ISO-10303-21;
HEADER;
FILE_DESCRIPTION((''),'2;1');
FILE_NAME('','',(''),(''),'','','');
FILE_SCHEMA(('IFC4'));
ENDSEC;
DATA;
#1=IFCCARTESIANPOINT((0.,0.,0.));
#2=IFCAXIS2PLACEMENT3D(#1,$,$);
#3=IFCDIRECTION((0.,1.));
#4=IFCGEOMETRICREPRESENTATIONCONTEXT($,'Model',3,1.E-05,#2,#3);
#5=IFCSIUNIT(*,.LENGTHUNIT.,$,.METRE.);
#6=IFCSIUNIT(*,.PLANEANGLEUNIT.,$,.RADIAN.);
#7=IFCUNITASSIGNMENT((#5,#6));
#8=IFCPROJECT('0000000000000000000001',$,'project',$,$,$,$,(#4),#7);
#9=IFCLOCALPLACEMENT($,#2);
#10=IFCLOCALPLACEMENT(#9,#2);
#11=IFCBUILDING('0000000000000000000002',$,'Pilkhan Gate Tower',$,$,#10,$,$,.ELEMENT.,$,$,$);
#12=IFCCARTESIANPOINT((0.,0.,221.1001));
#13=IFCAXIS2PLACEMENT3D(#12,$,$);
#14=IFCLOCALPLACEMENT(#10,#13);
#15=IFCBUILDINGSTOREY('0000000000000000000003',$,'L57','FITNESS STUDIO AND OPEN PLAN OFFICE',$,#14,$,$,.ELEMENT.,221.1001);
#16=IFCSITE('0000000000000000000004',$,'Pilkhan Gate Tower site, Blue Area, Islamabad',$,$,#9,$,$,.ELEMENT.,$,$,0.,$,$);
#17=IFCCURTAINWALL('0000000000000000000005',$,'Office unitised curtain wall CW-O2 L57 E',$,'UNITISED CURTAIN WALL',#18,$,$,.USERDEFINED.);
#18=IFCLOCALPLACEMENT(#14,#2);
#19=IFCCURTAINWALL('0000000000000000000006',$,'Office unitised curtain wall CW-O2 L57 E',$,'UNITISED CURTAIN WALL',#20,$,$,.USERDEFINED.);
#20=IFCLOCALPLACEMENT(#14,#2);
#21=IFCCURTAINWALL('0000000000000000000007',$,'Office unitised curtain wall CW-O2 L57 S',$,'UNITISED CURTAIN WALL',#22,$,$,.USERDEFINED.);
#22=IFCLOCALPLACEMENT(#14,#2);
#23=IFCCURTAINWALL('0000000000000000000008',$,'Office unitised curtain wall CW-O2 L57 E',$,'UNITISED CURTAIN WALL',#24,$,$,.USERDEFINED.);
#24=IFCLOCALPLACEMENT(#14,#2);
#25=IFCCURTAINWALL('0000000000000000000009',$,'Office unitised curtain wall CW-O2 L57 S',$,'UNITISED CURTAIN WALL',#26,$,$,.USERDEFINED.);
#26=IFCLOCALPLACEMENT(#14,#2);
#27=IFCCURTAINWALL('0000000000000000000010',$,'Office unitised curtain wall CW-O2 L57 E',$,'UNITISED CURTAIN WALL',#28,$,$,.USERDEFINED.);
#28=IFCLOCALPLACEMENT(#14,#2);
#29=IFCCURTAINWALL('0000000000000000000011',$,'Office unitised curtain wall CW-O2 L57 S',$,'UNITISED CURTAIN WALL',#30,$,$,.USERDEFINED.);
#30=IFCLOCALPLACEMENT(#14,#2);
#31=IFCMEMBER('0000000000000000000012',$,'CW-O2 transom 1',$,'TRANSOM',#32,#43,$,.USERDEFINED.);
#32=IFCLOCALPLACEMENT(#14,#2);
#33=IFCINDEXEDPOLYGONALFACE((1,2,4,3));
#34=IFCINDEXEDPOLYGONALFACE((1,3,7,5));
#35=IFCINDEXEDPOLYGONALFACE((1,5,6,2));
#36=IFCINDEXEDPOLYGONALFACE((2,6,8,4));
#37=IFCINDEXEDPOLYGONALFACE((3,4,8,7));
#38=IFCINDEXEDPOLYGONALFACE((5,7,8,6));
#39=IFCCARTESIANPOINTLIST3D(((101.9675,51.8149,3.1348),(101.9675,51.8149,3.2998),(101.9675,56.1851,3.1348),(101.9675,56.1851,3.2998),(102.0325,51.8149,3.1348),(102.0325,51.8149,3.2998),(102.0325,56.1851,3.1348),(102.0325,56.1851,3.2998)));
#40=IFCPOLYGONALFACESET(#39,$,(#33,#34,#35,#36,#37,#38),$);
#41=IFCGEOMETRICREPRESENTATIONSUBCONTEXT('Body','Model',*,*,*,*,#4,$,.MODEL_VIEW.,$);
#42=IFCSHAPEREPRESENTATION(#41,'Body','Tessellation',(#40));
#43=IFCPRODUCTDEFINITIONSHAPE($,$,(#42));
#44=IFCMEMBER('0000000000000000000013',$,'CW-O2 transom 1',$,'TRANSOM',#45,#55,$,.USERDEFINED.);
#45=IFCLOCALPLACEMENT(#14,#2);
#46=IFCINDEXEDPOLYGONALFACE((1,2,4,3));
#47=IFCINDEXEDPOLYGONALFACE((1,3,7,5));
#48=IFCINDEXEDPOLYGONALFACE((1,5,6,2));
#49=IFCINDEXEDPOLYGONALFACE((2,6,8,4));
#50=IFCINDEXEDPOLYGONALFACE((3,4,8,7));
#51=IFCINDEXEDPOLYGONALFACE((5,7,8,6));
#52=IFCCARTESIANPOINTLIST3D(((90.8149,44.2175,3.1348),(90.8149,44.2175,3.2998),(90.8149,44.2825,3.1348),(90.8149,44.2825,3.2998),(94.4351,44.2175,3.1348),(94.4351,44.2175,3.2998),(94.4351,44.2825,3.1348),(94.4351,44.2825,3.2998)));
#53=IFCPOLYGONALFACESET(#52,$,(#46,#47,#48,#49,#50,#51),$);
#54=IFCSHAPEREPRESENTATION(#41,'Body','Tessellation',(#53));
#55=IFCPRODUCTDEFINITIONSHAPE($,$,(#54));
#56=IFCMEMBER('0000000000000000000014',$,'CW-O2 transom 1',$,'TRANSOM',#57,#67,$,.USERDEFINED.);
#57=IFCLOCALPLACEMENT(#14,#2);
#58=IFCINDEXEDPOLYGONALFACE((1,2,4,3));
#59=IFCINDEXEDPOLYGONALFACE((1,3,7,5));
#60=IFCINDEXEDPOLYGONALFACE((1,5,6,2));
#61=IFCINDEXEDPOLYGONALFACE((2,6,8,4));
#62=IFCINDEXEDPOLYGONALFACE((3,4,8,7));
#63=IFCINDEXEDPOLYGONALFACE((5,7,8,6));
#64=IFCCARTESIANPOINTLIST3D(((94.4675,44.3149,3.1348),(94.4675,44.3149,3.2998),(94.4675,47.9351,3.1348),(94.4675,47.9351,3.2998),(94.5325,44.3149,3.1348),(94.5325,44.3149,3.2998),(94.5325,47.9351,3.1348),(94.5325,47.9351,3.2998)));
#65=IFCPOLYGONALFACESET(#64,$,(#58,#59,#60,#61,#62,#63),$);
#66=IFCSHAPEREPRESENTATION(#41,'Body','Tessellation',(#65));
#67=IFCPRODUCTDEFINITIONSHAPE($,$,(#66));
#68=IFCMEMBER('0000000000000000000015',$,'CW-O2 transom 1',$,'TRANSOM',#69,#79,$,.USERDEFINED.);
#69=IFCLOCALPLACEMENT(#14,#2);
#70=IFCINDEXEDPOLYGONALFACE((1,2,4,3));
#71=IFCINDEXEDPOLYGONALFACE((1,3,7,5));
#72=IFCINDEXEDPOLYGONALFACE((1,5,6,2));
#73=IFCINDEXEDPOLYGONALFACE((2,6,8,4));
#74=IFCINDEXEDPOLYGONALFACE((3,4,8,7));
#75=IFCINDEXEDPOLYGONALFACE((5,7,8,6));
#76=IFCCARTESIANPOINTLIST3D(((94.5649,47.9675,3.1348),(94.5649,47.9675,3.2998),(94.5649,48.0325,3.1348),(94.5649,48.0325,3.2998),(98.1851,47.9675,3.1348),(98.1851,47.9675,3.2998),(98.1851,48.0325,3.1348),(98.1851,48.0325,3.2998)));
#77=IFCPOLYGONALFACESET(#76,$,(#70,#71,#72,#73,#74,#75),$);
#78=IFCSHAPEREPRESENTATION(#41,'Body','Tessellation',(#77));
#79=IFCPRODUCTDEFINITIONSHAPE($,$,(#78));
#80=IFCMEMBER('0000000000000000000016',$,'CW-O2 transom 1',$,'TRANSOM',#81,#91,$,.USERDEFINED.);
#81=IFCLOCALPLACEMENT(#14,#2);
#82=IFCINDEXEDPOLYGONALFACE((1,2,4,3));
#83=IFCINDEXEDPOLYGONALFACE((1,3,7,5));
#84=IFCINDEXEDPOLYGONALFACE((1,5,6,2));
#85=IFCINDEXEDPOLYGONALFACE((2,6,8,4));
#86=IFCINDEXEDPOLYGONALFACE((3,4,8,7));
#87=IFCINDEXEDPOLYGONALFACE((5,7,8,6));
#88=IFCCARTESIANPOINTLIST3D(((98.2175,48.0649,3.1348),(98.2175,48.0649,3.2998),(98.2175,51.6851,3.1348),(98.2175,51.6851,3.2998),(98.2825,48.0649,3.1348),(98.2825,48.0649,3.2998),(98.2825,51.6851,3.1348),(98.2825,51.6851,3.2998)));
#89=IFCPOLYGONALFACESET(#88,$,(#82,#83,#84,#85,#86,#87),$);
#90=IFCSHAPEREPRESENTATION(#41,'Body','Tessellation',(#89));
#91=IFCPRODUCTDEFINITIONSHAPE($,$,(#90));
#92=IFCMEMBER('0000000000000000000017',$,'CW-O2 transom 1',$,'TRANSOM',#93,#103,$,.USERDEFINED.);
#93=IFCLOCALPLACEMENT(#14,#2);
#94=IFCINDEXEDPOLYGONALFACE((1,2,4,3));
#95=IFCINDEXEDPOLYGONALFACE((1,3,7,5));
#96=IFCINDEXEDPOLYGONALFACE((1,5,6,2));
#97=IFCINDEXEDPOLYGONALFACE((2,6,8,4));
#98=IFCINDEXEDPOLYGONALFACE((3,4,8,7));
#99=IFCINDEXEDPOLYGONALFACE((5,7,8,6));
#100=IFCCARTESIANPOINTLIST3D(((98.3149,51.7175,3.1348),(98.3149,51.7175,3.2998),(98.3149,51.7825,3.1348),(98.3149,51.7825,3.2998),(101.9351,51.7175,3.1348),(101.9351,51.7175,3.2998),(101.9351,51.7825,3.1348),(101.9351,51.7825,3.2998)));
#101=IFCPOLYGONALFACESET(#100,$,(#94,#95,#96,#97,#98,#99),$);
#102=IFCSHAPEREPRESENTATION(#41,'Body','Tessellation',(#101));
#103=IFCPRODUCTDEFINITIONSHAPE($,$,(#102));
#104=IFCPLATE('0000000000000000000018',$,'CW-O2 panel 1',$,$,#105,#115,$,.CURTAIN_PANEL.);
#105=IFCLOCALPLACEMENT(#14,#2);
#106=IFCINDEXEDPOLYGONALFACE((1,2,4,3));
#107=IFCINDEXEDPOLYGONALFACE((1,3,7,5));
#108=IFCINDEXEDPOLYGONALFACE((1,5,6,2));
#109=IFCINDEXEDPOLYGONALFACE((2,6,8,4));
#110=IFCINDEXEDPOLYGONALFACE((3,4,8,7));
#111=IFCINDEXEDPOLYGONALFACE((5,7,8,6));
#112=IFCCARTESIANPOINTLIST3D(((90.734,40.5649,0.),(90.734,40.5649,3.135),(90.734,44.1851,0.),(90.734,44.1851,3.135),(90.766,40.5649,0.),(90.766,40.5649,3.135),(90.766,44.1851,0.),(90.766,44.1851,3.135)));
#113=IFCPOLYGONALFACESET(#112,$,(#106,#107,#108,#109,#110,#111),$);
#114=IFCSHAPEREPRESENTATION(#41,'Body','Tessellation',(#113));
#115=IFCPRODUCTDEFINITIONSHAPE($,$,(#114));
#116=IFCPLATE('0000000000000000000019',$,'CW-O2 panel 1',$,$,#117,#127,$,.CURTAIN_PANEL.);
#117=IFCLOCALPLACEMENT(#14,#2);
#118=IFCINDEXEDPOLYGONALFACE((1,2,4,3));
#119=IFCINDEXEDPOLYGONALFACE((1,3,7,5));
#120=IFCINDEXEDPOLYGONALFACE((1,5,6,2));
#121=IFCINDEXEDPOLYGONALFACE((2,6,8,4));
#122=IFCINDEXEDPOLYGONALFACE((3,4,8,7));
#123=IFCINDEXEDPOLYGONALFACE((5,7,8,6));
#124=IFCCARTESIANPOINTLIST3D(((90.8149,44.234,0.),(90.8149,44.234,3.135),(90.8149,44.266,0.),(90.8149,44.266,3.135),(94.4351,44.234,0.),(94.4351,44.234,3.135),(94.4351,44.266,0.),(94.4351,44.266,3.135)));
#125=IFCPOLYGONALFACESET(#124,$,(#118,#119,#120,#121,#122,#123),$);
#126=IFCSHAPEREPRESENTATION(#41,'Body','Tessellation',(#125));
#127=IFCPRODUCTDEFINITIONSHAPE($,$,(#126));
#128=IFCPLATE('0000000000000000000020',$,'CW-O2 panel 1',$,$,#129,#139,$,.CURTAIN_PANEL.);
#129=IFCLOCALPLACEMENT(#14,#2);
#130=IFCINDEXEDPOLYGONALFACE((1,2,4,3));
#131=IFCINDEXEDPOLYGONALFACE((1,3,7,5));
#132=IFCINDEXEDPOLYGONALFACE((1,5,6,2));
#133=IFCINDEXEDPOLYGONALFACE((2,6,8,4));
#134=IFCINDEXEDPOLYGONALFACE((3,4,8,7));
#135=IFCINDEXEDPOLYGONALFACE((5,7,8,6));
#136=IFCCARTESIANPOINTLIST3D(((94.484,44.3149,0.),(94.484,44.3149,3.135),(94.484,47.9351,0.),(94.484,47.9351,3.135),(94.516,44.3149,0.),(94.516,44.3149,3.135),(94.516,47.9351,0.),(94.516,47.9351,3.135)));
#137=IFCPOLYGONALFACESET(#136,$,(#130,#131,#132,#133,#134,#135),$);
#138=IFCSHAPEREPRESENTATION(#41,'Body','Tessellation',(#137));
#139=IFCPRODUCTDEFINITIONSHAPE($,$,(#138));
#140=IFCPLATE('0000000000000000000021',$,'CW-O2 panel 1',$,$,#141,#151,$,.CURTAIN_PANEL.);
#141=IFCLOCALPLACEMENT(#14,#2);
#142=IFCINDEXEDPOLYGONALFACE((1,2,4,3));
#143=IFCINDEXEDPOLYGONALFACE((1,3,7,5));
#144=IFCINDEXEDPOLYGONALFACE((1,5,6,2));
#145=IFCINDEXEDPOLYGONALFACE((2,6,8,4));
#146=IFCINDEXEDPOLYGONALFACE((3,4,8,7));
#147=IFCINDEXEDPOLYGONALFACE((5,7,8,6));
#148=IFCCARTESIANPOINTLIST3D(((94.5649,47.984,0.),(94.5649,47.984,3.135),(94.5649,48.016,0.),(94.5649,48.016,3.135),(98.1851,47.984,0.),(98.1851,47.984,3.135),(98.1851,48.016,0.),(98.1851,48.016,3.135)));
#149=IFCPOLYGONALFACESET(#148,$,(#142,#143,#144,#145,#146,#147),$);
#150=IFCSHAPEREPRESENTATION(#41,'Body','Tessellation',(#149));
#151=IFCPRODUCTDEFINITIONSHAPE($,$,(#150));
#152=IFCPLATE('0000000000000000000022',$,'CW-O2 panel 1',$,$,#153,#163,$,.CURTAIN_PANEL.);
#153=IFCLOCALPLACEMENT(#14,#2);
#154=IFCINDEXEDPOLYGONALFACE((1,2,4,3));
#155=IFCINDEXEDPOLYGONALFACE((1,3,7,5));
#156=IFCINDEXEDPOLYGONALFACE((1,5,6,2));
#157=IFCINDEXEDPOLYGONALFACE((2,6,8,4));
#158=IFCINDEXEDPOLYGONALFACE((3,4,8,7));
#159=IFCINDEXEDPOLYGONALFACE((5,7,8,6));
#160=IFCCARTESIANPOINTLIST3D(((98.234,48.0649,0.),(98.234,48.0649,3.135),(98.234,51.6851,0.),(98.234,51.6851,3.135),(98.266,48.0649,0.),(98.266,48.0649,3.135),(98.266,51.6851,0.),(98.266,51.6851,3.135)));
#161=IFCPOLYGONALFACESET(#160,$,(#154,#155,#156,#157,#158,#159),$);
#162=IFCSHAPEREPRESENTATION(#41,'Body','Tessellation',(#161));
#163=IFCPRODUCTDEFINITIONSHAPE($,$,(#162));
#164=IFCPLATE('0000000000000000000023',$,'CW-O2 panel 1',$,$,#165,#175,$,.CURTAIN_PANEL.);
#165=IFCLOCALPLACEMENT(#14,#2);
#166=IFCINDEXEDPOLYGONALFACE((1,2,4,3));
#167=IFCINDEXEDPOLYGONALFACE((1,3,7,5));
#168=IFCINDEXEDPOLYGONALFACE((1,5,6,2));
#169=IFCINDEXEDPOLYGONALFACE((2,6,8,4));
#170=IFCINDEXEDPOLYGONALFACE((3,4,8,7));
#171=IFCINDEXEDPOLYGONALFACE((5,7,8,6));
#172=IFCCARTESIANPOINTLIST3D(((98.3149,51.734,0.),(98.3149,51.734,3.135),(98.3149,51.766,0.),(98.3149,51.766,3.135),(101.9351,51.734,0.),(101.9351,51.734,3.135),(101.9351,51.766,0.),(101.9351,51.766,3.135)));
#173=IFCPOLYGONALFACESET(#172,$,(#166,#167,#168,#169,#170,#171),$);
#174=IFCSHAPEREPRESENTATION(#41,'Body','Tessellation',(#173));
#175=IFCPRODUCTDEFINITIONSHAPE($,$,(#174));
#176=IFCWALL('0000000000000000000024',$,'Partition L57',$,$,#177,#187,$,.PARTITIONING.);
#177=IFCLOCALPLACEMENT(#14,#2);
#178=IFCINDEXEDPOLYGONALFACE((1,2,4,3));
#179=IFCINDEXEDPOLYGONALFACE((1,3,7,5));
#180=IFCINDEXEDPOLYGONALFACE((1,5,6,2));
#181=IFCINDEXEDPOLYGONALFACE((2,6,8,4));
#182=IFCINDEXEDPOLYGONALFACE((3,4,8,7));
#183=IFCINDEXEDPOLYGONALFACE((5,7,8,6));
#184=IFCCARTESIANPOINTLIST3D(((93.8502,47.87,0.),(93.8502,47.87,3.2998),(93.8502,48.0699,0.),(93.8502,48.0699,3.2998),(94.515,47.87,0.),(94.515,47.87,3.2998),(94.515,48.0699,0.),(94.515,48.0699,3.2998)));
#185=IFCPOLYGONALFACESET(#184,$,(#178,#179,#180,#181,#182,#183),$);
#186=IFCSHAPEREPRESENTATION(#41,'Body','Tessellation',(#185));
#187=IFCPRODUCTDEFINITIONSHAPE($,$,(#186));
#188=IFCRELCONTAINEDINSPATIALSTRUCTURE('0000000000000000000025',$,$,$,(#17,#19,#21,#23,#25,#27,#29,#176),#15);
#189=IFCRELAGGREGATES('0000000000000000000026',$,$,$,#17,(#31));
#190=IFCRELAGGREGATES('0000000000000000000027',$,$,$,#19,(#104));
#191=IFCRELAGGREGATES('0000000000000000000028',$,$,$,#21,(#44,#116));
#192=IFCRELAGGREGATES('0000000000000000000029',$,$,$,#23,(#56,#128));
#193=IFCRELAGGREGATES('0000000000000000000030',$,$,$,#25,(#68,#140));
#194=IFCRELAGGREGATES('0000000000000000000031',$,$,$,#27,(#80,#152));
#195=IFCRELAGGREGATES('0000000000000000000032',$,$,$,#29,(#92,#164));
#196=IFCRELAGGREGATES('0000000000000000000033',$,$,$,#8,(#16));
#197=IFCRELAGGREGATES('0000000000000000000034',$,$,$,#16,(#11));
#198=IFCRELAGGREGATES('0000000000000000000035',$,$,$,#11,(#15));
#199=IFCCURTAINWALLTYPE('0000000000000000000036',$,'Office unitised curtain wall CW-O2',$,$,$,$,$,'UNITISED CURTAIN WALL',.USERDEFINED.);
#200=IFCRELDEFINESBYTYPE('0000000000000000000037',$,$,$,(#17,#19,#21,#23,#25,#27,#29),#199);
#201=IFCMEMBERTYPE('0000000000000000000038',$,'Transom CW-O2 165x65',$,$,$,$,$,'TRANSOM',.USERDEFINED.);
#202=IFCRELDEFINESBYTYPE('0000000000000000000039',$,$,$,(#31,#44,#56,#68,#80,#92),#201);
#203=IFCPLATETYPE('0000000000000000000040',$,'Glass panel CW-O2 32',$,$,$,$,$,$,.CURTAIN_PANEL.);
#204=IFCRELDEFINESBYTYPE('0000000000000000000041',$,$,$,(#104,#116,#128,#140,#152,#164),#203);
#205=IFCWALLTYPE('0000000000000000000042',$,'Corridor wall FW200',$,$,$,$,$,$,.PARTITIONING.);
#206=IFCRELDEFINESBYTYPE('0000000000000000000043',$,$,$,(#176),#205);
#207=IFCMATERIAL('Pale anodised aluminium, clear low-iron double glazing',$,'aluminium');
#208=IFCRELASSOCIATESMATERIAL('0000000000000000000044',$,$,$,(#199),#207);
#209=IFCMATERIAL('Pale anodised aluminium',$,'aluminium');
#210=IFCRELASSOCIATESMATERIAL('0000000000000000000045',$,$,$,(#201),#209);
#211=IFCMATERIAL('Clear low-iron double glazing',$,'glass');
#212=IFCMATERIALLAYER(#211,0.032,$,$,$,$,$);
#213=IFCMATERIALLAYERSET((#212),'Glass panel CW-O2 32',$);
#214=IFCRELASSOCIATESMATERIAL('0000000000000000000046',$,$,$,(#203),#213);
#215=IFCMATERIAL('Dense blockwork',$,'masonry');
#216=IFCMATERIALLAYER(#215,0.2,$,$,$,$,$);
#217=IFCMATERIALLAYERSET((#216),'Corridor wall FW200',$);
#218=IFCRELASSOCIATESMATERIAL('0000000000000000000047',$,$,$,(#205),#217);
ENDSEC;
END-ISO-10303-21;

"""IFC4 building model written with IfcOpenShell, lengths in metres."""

from ifc_helpers import new_model, si_unit, direction, frame, frame_2d, origin, origin_2d, place, context, subcontext, project, spatial, rectangle, extrude, material, layer, layer_set, material_profile, profile_set, type_object, element, aggregate, save


model = new_model("IFC4")

# Units and contexts
model_context = context("Model", 3, precision=1e-05, world=origin(), true_north=direction((0.0, 1.0)))
body_context = subcontext(model_context, "Body", "Model", "MODEL_VIEW")
ifc_project = project(units=[si_unit("LENGTHUNIT", "METRE"), si_unit("PLANEANGLEUNIT", "RADIAN")], contexts=[model_context])

# Site, building, storey
site_placement = place(None, origin())
site = spatial("IfcSite", under=ifc_project, at=site_placement, Name="Pilkhan Gate Tower site, Blue Area, Islamabad", CompositionType="ELEMENT", RefElevation=0.0)
building_placement = place(site_placement, origin())
building = spatial("IfcBuilding", under=site, at=building_placement, Name="Pilkhan Gate Tower", CompositionType="ELEMENT")
storey_placement = place(building_placement, frame((0.0, 0.0, 221.1001)))
storey = spatial("IfcBuildingStorey", under=building, at=storey_placement, Name="L57", Description="FITNESS STUDIO AND OPEN PLAN OFFICE", CompositionType="ELEMENT", Elevation=221.1001)

# Curtain walls
ifc_material_1 = material(Name="Pale anodised aluminium, clear low-iron double glazing", Category="aluminium")
curtain_wall_type = type_object("IfcCurtainWallType", Name="Office unitised curtain wall CW-O2", ElementType="UNITISED CURTAIN WALL", PredefinedType="USERDEFINED", material=ifc_material_1)
curtain_wall_1_placement = place(storey_placement, origin())
curtain_wall_1 = element("IfcCurtainWall", 1, at=curtain_wall_1_placement, inside=storey, type_object=curtain_wall_type, Name="Office unitised curtain wall CW-O2 L57 E", ObjectType="UNITISED CURTAIN WALL", PredefinedType="USERDEFINED")
ifc_material_2 = material(Name="Pale anodised aluminium", Category="aluminium")
curtain_wall_2_placement = place(storey_placement, origin())
curtain_wall_2 = element("IfcCurtainWall", 2, at=curtain_wall_2_placement, inside=storey, type_object=curtain_wall_type, Name="Office unitised curtain wall CW-O2 L57 E", ObjectType="UNITISED CURTAIN WALL", PredefinedType="USERDEFINED")

# Curtain walls
curtain_wall_3_placement = place(storey_placement, origin())
curtain_wall_3 = element("IfcCurtainWall", 3, at=curtain_wall_3_placement, inside=storey, type_object=curtain_wall_type, Name="Office unitised curtain wall CW-O2 L57 S", ObjectType="UNITISED CURTAIN WALL", PredefinedType="USERDEFINED")
curtain_wall_4_placement = place(storey_placement, origin())
curtain_wall_4 = element("IfcCurtainWall", 4, at=curtain_wall_4_placement, inside=storey, type_object=curtain_wall_type, Name="Office unitised curtain wall CW-O2 L57 E", ObjectType="UNITISED CURTAIN WALL", PredefinedType="USERDEFINED")
curtain_wall_5_placement = place(storey_placement, origin())
curtain_wall_5 = element("IfcCurtainWall", 5, at=curtain_wall_5_placement, inside=storey, type_object=curtain_wall_type, Name="Office unitised curtain wall CW-O2 L57 S", ObjectType="UNITISED CURTAIN WALL", PredefinedType="USERDEFINED")
curtain_wall_6_placement = place(storey_placement, origin())
curtain_wall_6 = element("IfcCurtainWall", 6, at=curtain_wall_6_placement, inside=storey, type_object=curtain_wall_type, Name="Office unitised curtain wall CW-O2 L57 E", ObjectType="UNITISED CURTAIN WALL", PredefinedType="USERDEFINED")
curtain_wall_7_placement = place(storey_placement, origin())
curtain_wall_7 = element("IfcCurtainWall", 7, at=curtain_wall_7_placement, inside=storey, type_object=curtain_wall_type, Name="Office unitised curtain wall CW-O2 L57 S", ObjectType="UNITISED CURTAIN WALL", PredefinedType="USERDEFINED")

# Members
ifc_material_profile_1 = material_profile(ifc_material_2, rectangle(XDim=0.0649, YDim=0.165, at=origin_2d()), Name="Transom 165x65")
ifc_profile_set_1 = profile_set([ifc_material_profile_1], Name="Pale anodised aluminium")
member_type_1 = type_object("IfcMemberType", Name="Transom CW-O2 165x65", ElementType="TRANSOM", PredefinedType="USERDEFINED", material=ifc_profile_set_1)
member_1_placement = place(storey_placement, frame((102.0, 51.8149, 3.2173), z_axis=(0.0, 1.0, 0.0), x_axis=(-1.0, 0.0, 0.0)))
member_1 = element("IfcMember", 8, at=member_1_placement, type_object=member_type_1, Name="CW-O2 transom 1", ObjectType="TRANSOM", PredefinedType="USERDEFINED", context=body_context, shape_type="SweptSolid", body=[
    extrude(rectangle(XDim=0.0649, YDim=0.165, at=origin_2d()), origin(), (0.0, 0.0, 1.0), 4.3701),
])
aggregate(curtain_wall_1, [member_1])
member_2_placement = place(storey_placement, frame((90.8149, 44.25, 3.2173), z_axis=(1.0, 0.0, 0.0), x_axis=(0.0, 1.0, 0.0)))
member_2 = element("IfcMember", 9, at=member_2_placement, type_object=member_type_1, Name="CW-O2 transom 1", ObjectType="TRANSOM", PredefinedType="USERDEFINED", context=body_context, shape_type="SweptSolid", body=[
    extrude(rectangle(XDim=0.0649, YDim=0.165, at=origin_2d()), origin(), (0.0, 0.0, 1.0), 3.6201),
])
member_3_placement = place(storey_placement, frame((94.5, 44.3149, 3.2173), z_axis=(0.0, 1.0, 0.0), x_axis=(-1.0, 0.0, 0.0)))
member_3 = element("IfcMember", 10, at=member_3_placement, type_object=member_type_1, Name="CW-O2 transom 1", ObjectType="TRANSOM", PredefinedType="USERDEFINED", context=body_context, shape_type="SweptSolid", body=[
    extrude(rectangle(XDim=0.0649, YDim=0.165, at=origin_2d()), origin(), (0.0, 0.0, 1.0), 3.6201),
])
member_4_placement = place(storey_placement, frame((94.5649, 48.0, 3.2173), z_axis=(1.0, 0.0, 0.0), x_axis=(0.0, 1.0, 0.0)))
member_4 = element("IfcMember", 11, at=member_4_placement, type_object=member_type_1, Name="CW-O2 transom 1", ObjectType="TRANSOM", PredefinedType="USERDEFINED", context=body_context, shape_type="SweptSolid", body=[
    extrude(rectangle(XDim=0.0649, YDim=0.165, at=origin_2d()), origin(), (0.0, 0.0, 1.0), 3.6201),
])
member_5_placement = place(storey_placement, frame((98.25, 48.0649, 3.2173), z_axis=(0.0, 1.0, 0.0), x_axis=(-1.0, 0.0, 0.0)))
member_5 = element("IfcMember", 12, at=member_5_placement, type_object=member_type_1, Name="CW-O2 transom 1", ObjectType="TRANSOM", PredefinedType="USERDEFINED", context=body_context, shape_type="SweptSolid", body=[
    extrude(rectangle(XDim=0.0649, YDim=0.165, at=origin_2d()), origin(), (0.0, 0.0, 1.0), 3.6201),
])
member_6_placement = place(storey_placement, frame((98.3149, 51.75, 3.2173), z_axis=(1.0, 0.0, 0.0), x_axis=(0.0, 1.0, 0.0)))
member_6 = element("IfcMember", 13, at=member_6_placement, type_object=member_type_1, Name="CW-O2 transom 1", ObjectType="TRANSOM", PredefinedType="USERDEFINED", context=body_context, shape_type="SweptSolid", body=[
    extrude(rectangle(XDim=0.0649, YDim=0.165, at=origin_2d()), origin(), (0.0, 0.0, 1.0), 3.6201),
])

# Plates
ifc_material_3 = material(Name="Clear low-iron double glazing", Category="glass")
ifc_layer_1 = layer(ifc_material_3, 0.032)
ifc_layer_set_1 = layer_set([ifc_layer_1], Name="Glass panel CW-O2 32")
plate_type = type_object("IfcPlateType", Name="Glass panel CW-O2 32", PredefinedType="CURTAIN_PANEL", material=ifc_layer_set_1)
plate_1_placement = place(storey_placement, frame((90.75, 42.375, 0.0), z_axis=(0.0, 0.0, 1.0), x_axis=(0.0, 1.0, 0.0)))
plate_1 = element("IfcPlate", 14, at=plate_1_placement, type_object=plate_type, Name="CW-O2 panel 1", PredefinedType="CURTAIN_PANEL", context=body_context, shape_type="SweptSolid", body=[
    extrude(rectangle(XDim=3.6201, YDim=0.032, at=origin_2d()), origin(), (0.0, 0.0, 1.0), 3.135),
])
aggregate(curtain_wall_2, [plate_1])
plate_2_placement = place(storey_placement, frame((92.625, 44.25, 0.0), z_axis=(0.0, 0.0, 1.0), x_axis=(1.0, 0.0, 0.0)))
plate_2 = element("IfcPlate", 15, at=plate_2_placement, type_object=plate_type, Name="CW-O2 panel 1", PredefinedType="CURTAIN_PANEL", context=body_context, shape_type="SweptSolid", body=[
    extrude(rectangle(XDim=3.6201, YDim=0.032, at=origin_2d()), origin(), (0.0, 0.0, 1.0), 3.135),
])
aggregate(curtain_wall_3, [member_2, plate_2])
plate_3_placement = place(storey_placement, frame((94.5, 46.125, 0.0), z_axis=(0.0, 0.0, 1.0), x_axis=(0.0, 1.0, 0.0)))
plate_3 = element("IfcPlate", 16, at=plate_3_placement, type_object=plate_type, Name="CW-O2 panel 1", PredefinedType="CURTAIN_PANEL", context=body_context, shape_type="SweptSolid", body=[
    extrude(rectangle(XDim=3.6201, YDim=0.032, at=origin_2d()), origin(), (0.0, 0.0, 1.0), 3.135),
])
aggregate(curtain_wall_4, [member_3, plate_3])
plate_4_placement = place(storey_placement, frame((96.375, 48.0, 0.0), z_axis=(0.0, 0.0, 1.0), x_axis=(1.0, 0.0, 0.0)))
plate_4 = element("IfcPlate", 17, at=plate_4_placement, type_object=plate_type, Name="CW-O2 panel 1", PredefinedType="CURTAIN_PANEL", context=body_context, shape_type="SweptSolid", body=[
    extrude(rectangle(XDim=3.6201, YDim=0.032, at=origin_2d()), origin(), (0.0, 0.0, 1.0), 3.135),
])
aggregate(curtain_wall_5, [member_4, plate_4])
plate_5_placement = place(storey_placement, frame((98.25, 49.875, 0.0), z_axis=(0.0, 0.0, 1.0), x_axis=(0.0, 1.0, 0.0)))
plate_5 = element("IfcPlate", 18, at=plate_5_placement, type_object=plate_type, Name="CW-O2 panel 1", PredefinedType="CURTAIN_PANEL", context=body_context, shape_type="SweptSolid", body=[
    extrude(rectangle(XDim=3.6201, YDim=0.032, at=origin_2d()), origin(), (0.0, 0.0, 1.0), 3.135),
])
aggregate(curtain_wall_6, [member_5, plate_5])
plate_6_placement = place(storey_placement, frame((100.125, 51.75, 0.0), z_axis=(0.0, 0.0, 1.0), x_axis=(1.0, 0.0, 0.0)))
plate_6 = element("IfcPlate", 19, at=plate_6_placement, type_object=plate_type, Name="CW-O2 panel 1", PredefinedType="CURTAIN_PANEL", context=body_context, shape_type="SweptSolid", body=[
    extrude(rectangle(XDim=3.6201, YDim=0.032, at=origin_2d()), origin(), (0.0, 0.0, 1.0), 3.135),
])
aggregate(curtain_wall_7, [member_6, plate_6])

# Wall
ifc_material_4 = material(Name="Dense blockwork", Category="masonry")
ifc_layer_2 = layer(ifc_material_4, 0.2)
ifc_layer_set_2 = layer_set([ifc_layer_2], Name="Corridor wall FW200")
wall_type = type_object("IfcWallType", Name="Corridor wall FW200", PredefinedType="PARTITIONING", material=ifc_layer_set_2)
wall_1_placement = place(storey_placement, frame((93.8501, 47.97, 0.0), z_axis=(0.0, 0.0, 1.0), x_axis=(1.0, 0.0, 0.0)))
element("IfcWall", 20, at=wall_1_placement, inside=storey, type_object=wall_type, Name="Partition L57", PredefinedType="PARTITIONING", context=body_context, shape_type="SweptSolid", body=[
    extrude(rectangle(XDim=0.6648, YDim=0.2, at=frame_2d((0.3325, 0.0))), origin(), (0.0, 0.0, 1.0), 3.2998),
])

save(model, "model.ifc")
